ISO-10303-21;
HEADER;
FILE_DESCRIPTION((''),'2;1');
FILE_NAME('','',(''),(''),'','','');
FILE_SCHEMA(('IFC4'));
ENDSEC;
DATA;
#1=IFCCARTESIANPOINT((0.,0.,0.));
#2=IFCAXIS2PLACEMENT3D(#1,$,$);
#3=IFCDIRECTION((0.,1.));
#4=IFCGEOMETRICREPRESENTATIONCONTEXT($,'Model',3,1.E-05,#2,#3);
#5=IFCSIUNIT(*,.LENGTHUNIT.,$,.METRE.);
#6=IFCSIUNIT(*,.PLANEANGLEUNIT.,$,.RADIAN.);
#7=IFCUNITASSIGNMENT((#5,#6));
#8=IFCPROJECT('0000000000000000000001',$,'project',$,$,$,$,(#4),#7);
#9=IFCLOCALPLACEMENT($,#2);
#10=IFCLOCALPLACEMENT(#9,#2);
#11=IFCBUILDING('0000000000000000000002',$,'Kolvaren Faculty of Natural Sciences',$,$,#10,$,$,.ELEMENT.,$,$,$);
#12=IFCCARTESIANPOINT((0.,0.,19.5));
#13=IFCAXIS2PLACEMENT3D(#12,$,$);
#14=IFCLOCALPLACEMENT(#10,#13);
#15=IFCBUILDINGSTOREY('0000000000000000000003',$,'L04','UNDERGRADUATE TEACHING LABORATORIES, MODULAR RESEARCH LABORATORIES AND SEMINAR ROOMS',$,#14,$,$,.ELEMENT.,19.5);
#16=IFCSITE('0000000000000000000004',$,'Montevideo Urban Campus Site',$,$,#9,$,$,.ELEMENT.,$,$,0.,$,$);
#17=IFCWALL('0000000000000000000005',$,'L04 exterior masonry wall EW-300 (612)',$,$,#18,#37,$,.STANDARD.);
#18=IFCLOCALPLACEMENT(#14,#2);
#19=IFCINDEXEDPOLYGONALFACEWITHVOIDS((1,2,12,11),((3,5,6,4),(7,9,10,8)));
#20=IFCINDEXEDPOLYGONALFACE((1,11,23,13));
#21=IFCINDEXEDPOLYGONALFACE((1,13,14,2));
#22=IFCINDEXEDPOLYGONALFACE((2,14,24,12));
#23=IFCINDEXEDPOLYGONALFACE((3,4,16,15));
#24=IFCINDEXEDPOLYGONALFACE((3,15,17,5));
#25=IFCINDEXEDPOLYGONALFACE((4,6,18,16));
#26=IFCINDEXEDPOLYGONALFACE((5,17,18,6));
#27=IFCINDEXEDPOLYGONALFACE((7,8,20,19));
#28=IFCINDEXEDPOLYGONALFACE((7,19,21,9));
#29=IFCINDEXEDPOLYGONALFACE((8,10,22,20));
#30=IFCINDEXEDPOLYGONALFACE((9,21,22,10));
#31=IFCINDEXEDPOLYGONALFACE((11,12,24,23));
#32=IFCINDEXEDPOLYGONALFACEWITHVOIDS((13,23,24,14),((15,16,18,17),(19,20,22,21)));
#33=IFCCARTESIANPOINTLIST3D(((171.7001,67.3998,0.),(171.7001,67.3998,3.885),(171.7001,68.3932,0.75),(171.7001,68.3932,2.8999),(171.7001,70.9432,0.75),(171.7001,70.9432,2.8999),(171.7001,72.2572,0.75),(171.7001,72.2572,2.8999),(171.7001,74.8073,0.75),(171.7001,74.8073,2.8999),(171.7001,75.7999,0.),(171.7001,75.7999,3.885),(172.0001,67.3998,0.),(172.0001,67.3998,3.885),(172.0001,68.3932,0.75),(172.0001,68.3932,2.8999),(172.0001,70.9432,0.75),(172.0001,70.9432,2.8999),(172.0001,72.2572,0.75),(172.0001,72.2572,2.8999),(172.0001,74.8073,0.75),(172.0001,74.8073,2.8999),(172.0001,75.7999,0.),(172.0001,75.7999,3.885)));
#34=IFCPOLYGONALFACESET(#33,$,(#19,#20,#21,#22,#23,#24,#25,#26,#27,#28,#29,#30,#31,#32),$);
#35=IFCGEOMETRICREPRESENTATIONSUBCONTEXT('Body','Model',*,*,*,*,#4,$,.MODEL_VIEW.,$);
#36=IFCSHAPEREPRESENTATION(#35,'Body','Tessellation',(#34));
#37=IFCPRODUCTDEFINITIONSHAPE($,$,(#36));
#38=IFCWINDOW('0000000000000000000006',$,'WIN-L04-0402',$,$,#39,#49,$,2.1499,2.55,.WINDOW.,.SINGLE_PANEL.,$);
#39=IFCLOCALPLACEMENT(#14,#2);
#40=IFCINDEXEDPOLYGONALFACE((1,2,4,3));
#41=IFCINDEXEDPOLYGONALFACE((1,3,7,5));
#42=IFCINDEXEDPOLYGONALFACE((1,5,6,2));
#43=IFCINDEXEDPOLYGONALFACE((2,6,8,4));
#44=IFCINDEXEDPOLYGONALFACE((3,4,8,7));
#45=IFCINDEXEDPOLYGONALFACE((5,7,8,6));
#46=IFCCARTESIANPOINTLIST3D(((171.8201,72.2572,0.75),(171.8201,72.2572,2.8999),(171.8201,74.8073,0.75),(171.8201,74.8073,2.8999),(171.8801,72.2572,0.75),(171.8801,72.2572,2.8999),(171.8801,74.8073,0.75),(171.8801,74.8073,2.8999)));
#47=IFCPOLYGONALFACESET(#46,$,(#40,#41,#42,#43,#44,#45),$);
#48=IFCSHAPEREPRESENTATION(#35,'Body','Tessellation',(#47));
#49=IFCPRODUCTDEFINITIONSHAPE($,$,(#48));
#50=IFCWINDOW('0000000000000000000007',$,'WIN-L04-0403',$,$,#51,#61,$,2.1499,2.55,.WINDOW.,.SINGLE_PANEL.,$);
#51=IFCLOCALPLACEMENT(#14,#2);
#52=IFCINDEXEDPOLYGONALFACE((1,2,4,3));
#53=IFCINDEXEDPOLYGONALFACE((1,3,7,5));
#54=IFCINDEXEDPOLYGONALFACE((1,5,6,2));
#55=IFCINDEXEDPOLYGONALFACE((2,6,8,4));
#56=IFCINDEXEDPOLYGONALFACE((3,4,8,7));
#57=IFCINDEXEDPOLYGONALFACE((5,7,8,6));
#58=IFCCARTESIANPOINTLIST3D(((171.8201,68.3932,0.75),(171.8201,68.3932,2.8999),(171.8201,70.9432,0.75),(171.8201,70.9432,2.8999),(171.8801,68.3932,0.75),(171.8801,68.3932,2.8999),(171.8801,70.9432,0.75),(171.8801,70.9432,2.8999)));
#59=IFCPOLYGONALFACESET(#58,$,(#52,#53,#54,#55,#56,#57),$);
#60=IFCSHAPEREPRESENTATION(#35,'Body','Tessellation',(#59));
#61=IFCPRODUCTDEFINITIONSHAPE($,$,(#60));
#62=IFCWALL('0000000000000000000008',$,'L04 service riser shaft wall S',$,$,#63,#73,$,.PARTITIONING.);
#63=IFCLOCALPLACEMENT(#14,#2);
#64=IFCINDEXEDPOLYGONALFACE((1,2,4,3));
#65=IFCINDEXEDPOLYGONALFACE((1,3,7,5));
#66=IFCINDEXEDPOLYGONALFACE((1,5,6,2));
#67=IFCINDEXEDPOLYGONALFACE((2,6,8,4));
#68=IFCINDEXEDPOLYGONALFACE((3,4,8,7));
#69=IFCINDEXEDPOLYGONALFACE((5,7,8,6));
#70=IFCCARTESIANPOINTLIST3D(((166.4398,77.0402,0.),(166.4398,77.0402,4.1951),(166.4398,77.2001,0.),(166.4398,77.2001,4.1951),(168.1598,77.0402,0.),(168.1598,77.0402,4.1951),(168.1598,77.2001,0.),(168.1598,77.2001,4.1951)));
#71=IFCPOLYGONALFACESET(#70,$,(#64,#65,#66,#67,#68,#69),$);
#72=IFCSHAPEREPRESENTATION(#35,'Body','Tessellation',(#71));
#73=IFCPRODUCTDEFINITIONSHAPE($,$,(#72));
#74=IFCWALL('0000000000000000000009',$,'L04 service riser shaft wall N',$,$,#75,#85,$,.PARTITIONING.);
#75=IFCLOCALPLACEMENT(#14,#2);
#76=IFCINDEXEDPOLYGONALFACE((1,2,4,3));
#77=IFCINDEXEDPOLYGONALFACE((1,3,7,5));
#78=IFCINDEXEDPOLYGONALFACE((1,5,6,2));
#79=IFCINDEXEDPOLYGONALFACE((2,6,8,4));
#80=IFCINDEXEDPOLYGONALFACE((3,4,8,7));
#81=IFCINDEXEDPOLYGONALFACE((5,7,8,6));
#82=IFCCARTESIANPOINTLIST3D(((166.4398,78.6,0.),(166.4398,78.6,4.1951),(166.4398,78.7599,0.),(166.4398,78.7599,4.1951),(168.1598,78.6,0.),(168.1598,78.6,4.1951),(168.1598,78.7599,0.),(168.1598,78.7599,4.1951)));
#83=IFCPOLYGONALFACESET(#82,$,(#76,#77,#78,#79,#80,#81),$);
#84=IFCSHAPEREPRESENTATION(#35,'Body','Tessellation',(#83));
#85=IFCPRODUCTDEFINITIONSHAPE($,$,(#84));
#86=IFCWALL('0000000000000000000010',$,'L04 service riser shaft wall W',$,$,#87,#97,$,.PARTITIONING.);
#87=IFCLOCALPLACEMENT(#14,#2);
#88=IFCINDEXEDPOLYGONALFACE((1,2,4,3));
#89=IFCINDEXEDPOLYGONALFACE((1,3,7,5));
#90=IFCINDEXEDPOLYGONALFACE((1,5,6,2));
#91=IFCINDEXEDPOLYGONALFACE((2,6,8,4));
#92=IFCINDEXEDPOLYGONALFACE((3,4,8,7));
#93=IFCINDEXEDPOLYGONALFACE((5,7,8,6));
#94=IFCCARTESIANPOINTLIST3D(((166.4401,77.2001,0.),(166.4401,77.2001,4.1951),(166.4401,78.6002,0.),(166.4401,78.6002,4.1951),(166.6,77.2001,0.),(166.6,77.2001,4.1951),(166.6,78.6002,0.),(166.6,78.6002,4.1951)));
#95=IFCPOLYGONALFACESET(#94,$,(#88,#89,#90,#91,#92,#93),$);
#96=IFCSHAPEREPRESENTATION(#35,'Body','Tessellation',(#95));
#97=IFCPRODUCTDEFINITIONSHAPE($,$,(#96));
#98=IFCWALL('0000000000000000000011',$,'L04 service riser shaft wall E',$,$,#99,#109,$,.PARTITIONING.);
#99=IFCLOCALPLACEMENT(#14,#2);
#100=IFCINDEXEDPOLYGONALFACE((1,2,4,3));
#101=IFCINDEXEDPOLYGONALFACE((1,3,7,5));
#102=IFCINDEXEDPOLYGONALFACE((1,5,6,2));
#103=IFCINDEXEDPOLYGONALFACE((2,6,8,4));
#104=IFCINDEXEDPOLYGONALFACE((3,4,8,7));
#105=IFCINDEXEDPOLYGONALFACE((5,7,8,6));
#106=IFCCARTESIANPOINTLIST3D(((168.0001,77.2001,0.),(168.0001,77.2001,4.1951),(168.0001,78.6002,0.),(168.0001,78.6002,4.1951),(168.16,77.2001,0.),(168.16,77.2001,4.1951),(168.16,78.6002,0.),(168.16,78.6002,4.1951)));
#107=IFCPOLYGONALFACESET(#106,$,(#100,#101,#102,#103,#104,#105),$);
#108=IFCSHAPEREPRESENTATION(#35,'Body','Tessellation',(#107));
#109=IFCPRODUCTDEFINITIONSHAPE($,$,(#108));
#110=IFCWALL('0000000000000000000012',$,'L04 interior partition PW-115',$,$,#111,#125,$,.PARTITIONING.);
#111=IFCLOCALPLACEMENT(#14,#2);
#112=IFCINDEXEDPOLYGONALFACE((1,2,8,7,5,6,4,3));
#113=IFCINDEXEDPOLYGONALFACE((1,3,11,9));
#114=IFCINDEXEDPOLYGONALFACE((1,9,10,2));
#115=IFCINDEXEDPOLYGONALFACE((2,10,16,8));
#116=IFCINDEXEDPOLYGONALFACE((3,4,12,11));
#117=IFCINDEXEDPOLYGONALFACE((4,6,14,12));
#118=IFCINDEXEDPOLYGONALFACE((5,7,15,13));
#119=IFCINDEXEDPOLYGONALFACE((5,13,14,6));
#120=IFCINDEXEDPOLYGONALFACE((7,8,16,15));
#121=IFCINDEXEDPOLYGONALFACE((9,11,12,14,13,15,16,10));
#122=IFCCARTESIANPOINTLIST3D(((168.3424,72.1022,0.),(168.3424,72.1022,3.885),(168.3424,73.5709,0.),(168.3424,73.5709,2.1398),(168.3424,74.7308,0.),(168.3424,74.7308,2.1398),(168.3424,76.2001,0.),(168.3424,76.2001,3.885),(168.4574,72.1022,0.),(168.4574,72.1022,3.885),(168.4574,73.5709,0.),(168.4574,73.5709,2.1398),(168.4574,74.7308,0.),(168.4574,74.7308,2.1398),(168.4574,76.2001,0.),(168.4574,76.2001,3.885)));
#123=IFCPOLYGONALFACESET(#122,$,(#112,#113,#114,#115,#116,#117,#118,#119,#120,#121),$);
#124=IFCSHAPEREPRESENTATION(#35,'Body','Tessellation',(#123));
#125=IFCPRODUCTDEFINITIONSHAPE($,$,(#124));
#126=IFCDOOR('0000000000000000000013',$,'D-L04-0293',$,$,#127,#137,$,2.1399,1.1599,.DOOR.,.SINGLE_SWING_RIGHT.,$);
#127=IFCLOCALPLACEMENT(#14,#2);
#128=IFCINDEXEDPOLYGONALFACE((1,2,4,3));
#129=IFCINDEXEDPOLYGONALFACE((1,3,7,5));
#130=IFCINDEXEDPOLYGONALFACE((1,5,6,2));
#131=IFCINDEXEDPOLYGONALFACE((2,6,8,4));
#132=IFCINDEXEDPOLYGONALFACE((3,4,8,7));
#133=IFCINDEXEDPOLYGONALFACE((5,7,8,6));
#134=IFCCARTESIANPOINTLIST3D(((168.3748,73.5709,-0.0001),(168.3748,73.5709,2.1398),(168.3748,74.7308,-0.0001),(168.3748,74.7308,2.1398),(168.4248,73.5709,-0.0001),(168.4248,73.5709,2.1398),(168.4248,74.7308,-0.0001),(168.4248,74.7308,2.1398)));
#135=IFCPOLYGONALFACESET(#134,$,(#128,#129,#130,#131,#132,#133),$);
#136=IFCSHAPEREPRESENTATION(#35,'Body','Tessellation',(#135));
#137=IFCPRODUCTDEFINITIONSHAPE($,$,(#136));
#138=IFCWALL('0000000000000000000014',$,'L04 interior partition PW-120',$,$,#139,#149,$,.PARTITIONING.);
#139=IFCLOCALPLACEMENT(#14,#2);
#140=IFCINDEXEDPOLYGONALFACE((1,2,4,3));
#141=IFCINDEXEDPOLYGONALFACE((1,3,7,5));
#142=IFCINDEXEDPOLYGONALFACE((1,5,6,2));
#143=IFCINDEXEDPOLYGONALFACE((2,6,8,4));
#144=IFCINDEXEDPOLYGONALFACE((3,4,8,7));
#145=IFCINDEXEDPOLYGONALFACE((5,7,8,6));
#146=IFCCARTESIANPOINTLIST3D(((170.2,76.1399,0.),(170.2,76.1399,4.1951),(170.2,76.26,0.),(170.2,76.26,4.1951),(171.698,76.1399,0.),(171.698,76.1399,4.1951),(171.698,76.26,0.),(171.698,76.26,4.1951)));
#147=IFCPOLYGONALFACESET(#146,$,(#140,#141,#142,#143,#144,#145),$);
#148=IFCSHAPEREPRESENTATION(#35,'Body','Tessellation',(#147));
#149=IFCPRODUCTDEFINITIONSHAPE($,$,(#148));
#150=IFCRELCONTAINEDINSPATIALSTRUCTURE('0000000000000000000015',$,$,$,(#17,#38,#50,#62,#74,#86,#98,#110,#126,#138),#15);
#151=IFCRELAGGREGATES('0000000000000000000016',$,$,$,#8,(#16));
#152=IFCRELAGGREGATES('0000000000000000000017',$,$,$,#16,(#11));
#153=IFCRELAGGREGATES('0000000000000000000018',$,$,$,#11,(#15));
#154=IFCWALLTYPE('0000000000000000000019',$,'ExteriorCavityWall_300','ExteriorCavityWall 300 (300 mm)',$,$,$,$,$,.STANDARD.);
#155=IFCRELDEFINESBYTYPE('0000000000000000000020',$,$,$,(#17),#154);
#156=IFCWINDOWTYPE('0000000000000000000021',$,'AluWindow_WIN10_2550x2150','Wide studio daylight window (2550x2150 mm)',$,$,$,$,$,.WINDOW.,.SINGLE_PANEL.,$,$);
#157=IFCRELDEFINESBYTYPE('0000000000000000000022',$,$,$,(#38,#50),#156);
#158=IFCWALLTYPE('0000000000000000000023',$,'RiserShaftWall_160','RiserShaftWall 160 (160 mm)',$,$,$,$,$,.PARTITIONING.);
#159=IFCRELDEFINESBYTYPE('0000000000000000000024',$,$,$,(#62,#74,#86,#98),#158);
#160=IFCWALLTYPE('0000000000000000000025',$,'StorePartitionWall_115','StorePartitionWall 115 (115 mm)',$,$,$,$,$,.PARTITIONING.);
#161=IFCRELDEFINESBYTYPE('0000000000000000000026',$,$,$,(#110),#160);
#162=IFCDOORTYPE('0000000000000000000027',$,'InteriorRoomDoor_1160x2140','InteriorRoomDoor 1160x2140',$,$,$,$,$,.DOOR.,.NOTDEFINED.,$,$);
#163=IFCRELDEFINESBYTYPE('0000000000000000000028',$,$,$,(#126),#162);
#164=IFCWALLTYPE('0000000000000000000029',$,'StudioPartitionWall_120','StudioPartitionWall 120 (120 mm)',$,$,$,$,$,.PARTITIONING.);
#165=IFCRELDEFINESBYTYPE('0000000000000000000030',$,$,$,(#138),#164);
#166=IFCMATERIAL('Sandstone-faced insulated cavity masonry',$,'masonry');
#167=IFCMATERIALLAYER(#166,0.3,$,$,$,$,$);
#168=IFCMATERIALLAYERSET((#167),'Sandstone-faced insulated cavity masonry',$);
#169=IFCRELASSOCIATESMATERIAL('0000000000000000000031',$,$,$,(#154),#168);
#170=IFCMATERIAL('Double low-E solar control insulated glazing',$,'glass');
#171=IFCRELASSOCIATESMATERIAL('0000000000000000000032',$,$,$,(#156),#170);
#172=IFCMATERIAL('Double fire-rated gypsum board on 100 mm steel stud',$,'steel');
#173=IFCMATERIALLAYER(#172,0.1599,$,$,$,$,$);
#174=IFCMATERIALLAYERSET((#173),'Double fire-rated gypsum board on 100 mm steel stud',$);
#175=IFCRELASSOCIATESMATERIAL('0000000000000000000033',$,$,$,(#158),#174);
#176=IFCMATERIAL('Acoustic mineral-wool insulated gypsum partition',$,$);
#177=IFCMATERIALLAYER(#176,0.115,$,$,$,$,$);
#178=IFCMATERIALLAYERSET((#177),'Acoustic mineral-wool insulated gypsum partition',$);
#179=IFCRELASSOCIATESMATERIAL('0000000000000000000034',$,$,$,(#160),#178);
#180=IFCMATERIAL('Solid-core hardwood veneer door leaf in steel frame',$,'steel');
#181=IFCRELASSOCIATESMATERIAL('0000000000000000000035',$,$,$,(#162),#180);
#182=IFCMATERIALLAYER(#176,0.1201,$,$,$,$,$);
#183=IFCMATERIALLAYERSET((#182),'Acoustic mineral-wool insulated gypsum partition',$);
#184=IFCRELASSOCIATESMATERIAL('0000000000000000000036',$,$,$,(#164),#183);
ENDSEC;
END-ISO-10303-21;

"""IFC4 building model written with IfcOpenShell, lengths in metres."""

from ifc_helpers import new_model, si_unit, direction, frame, frame_2d, origin, place, context, subcontext, project, spatial, rectangle, extrude, material, layer, layer_set, type_object, element, fill, save


model = new_model("IFC4")

# Units and contexts
model_context = context("Model", 3, precision=1e-05, world=origin(), true_north=direction((0.0, 1.0)))
body_context = subcontext(model_context, "Body", "Model", "MODEL_VIEW")
ifc_project = project(units=[si_unit("LENGTHUNIT", "METRE"), si_unit("PLANEANGLEUNIT", "RADIAN")], contexts=[model_context])

# Site, building, storey
site_placement = place(None, origin())
site = spatial("IfcSite", under=ifc_project, at=site_placement, Name="Montevideo Urban Campus Site", CompositionType="ELEMENT", RefElevation=0.0)
building_placement = place(site_placement, origin())
building = spatial("IfcBuilding", under=site, at=building_placement, Name="Kolvaren Faculty of Natural Sciences", CompositionType="ELEMENT")
storey_placement = place(building_placement, frame((0.0, 0.0, 19.5)))
storey = spatial("IfcBuildingStorey", under=building, at=storey_placement, Name="L04", Description="UNDERGRADUATE TEACHING LABORATORIES, MODULAR RESEARCH LABORATORIES AND SEMINAR ROOMS", CompositionType="ELEMENT", Elevation=19.5)

# Shared definitions
ifc_material_1 = material(Name="Sandstone-faced insulated cavity masonry", Category="masonry")
ifc_layer_1 = layer(ifc_material_1, 0.3)
ifc_layer_set_1 = layer_set([ifc_layer_1], Name="Sandstone-faced insulated cavity masonry")
wall_type_1 = type_object("IfcWallType", Name="ExteriorCavityWall_300", Description="ExteriorCavityWall 300 (300 mm)", PredefinedType="STANDARD", material=ifc_layer_set_1)

# Wall, openings, windows
ifc_material_2 = material(Name="Double low-E solar control insulated glazing", Category="glass")
wall_1_placement = place(storey_placement, frame((171.8501, 75.8, 0.0), z_axis=(0.0, 0.0, 1.0), x_axis=(0.0, -1.0, 0.0)))
wall_1 = element("IfcWall", 1, at=wall_1_placement, inside=storey, type_object=wall_type_1, Name="L04 exterior masonry wall EW-300 (612)", PredefinedType="STANDARD", context=body_context, shape_type="SweptSolid", body=[
    extrude(rectangle(XDim=8.4001, YDim=0.3, at=frame_2d((4.2002, 0.0))), origin(), (0.0, 0.0, 1.0), 3.885),
])
opening_1_placement = place(wall_1_placement, frame((0.9929, 0.0, 0.75)))
opening_1 = element("IfcOpeningElement", 2, at=opening_1_placement, cuts=wall_1, PredefinedType="OPENING", context=body_context, shape_type="SweptSolid", body=[
    extrude(rectangle(XDim=2.55, YDim=2.1499, at=frame_2d((1.2749, 1.075))), frame((0.0, 0.1599, 0.0), z_axis=(0.0, -1.0, 0.0), x_axis=(1.0, 0.0, 0.0)), (0.0, 0.0, 1.0), 0.3201),
])
opening_2_placement = place(wall_1_placement, frame((4.8569, 0.0, 0.75)))
opening_2 = element("IfcOpeningElement", 3, at=opening_2_placement, cuts=wall_1, PredefinedType="OPENING", context=body_context, shape_type="SweptSolid", body=[
    extrude(rectangle(XDim=2.55, YDim=2.1499, at=frame_2d((1.2749, 1.075))), frame((0.0, 0.1599, 0.0), z_axis=(0.0, -1.0, 0.0), x_axis=(1.0, 0.0, 0.0)), (0.0, 0.0, 1.0), 0.3201),
])
window_type_1 = type_object("IfcWindowType", Name="AluWindow_WIN10_2550x2150", Description="Wide studio daylight window (2550x2150 mm)", PartitioningType="SINGLE_PANEL", PredefinedType="WINDOW", material=ifc_material_2)
window_1_placement = place(opening_1_placement, origin())
window_1 = element("IfcWindow", 4, at=window_1_placement, inside=storey, type_object=window_type_1, Name="WIN-L04-0402", OverallHeight=2.1499, OverallWidth=2.55, PartitioningType="SINGLE_PANEL", PredefinedType="WINDOW", context=body_context, shape_type="SweptSolid", body=[
    extrude(rectangle(XDim=2.55, YDim=2.1499, at=frame_2d((1.2749, 1.075))), frame((0.0, 0.03, 0.0), z_axis=(0.0, -1.0, 0.0), x_axis=(1.0, 0.0, 0.0)), (0.0, 0.0, 1.0), 0.0601),
])
fill(opening_1, window_1)
window_2_placement = place(opening_2_placement, origin())
window_2 = element("IfcWindow", 5, at=window_2_placement, inside=storey, type_object=window_type_1, Name="WIN-L04-0403", OverallHeight=2.1499, OverallWidth=2.55, PartitioningType="SINGLE_PANEL", PredefinedType="WINDOW", context=body_context, shape_type="SweptSolid", body=[
    extrude(rectangle(XDim=2.55, YDim=2.1499, at=frame_2d((1.2749, 1.075))), frame((0.0, 0.03, 0.0), z_axis=(0.0, -1.0, 0.0), x_axis=(1.0, 0.0, 0.0)), (0.0, 0.0, 1.0), 0.0601),
])
fill(opening_2, window_2)

# Walls
ifc_material_3 = material(Name="Double fire-rated gypsum board on 100 mm steel stud", Category="steel")
ifc_layer_2 = layer(ifc_material_3, 0.1599)
ifc_layer_set_2 = layer_set([ifc_layer_2], Name="Double fire-rated gypsum board on 100 mm steel stud")
wall_type_2 = type_object("IfcWallType", Name="RiserShaftWall_160", Description="RiserShaftWall 160 (160 mm)", PredefinedType="PARTITIONING", material=ifc_layer_set_2)
for number, where, z_axis, x_axis, name in (
    (6, (166.4399, 77.1201, 0.0), (0.0, 0.0, 1.0), (1.0, 0.0, 0.0), "L04 service riser shaft wall S"),
    (7, (166.4399, 78.6799, 0.0), (0.0, 0.0, 1.0), (1.0, 0.0, 0.0), "L04 service riser shaft wall N"),
):
    element("IfcWall", number, at=place(storey_placement, frame(where, z_axis=z_axis, x_axis=x_axis)), inside=storey, type_object=wall_type_2, Name=name, PredefinedType="PARTITIONING", context=body_context, shape_type="SweptSolid", body=[
        extrude(rectangle(XDim=1.72, YDim=0.1599, at=frame_2d((0.8599, 0.0))), origin(), (0.0, 0.0, 1.0), 4.1951),
    ])
for number, where, z_axis, x_axis, name in (
    (8, (166.52, 77.2, 0.0), (0.0, 0.0, 1.0), (0.0, 1.0, 0.0), "L04 service riser shaft wall W"),
    (9, (168.0801, 77.2, 0.0), (0.0, 0.0, 1.0), (0.0, 1.0, 0.0), "L04 service riser shaft wall E"),
):
    element("IfcWall", number, at=place(storey_placement, frame(where, z_axis=z_axis, x_axis=x_axis)), inside=storey, type_object=wall_type_2, Name=name, PredefinedType="PARTITIONING", context=body_context, shape_type="SweptSolid", body=[
        extrude(rectangle(XDim=1.4001, YDim=0.1599, at=frame_2d((0.7002, 0.0))), origin(), (0.0, 0.0, 1.0), 4.1951),
    ])

# Wall, opening, door
ifc_material_4 = material(Name="Acoustic mineral-wool insulated gypsum partition")
ifc_layer_3 = layer(ifc_material_4, 0.115)
ifc_layer_set_3 = layer_set([ifc_layer_3], Name="Acoustic mineral-wool insulated gypsum partition")
wall_type_3 = type_object("IfcWallType", Name="StorePartitionWall_115", Description="StorePartitionWall 115 (115 mm)", PredefinedType="PARTITIONING", material=ifc_layer_set_3)
wall_2_placement = place(storey_placement, frame((168.3999, 76.2, 0.0), z_axis=(0.0, 0.0, 1.0), x_axis=(0.0, -1.0, 0.0)))
wall_2 = element("IfcWall", 10, at=wall_2_placement, inside=storey, type_object=wall_type_3, Name="L04 interior partition PW-115", PredefinedType="PARTITIONING", context=body_context, shape_type="SweptSolid", body=[
    extrude(rectangle(XDim=4.0979, YDim=0.115, at=frame_2d((2.0488, 0.0))), origin(), (0.0, 0.0, 1.0), 3.885),
])
opening_3_placement = place(wall_2_placement, frame((1.469, 0.0, 0.0)))
opening_3 = element("IfcOpeningElement", 11, at=opening_3_placement, cuts=wall_2, PredefinedType="OPENING", context=body_context, shape_type="SweptSolid", body=[
    extrude(rectangle(XDim=1.1599, YDim=2.1399, at=frame_2d((0.5801, 1.0698))), frame((0.0, 0.0674, 0.0), z_axis=(0.0, -1.0, 0.0), x_axis=(1.0, 0.0, 0.0)), (0.0, 0.0, 1.0), 0.135),
])
ifc_material_5 = material(Name="Solid-core hardwood veneer door leaf in steel frame", Category="steel")
door_type_1 = type_object("IfcDoorType", Name="InteriorRoomDoor_1160x2140", Description="InteriorRoomDoor 1160x2140", OperationType="NOTDEFINED", PredefinedType="DOOR", material=ifc_material_5)
door_1_placement = place(opening_3_placement, origin())
door_1 = element("IfcDoor", 12, at=door_1_placement, inside=storey, type_object=door_type_1, Name="D-L04-0293", OperationType="SINGLE_SWING_RIGHT", OverallHeight=2.1399, OverallWidth=1.1599, PredefinedType="DOOR", context=body_context, shape_type="SweptSolid", body=[
    extrude(rectangle(XDim=1.1599, YDim=2.1399, at=frame_2d((0.5801, 1.0698))), frame((0.0, 0.0249, 0.0), z_axis=(0.0, -1.0, 0.0), x_axis=(1.0, 0.0, 0.0)), (0.0, 0.0, 1.0), 0.05),
])
fill(opening_3, door_1)

# Wall
ifc_layer_4 = layer(ifc_material_4, 0.1201)
ifc_layer_set_4 = layer_set([ifc_layer_4], Name="Acoustic mineral-wool insulated gypsum partition")
wall_type_4 = type_object("IfcWallType", Name="StudioPartitionWall_120", Description="StudioPartitionWall 120 (120 mm)", PredefinedType="PARTITIONING", material=ifc_layer_set_4)
wall_3_placement = place(storey_placement, frame((170.2, 76.2, 0.0), z_axis=(0.0, 0.0, 1.0), x_axis=(1.0, 0.0, 0.0)))
element("IfcWall", 13, at=wall_3_placement, inside=storey, type_object=wall_type_4, Name="L04 interior partition PW-120", PredefinedType="PARTITIONING", context=body_context, shape_type="SweptSolid", body=[
    extrude(rectangle(XDim=1.498, YDim=0.1201, at=frame_2d((0.749, 0.0))), origin(), (0.0, 0.0, 1.0), 4.1951),
])

save(model, "model.ifc")
